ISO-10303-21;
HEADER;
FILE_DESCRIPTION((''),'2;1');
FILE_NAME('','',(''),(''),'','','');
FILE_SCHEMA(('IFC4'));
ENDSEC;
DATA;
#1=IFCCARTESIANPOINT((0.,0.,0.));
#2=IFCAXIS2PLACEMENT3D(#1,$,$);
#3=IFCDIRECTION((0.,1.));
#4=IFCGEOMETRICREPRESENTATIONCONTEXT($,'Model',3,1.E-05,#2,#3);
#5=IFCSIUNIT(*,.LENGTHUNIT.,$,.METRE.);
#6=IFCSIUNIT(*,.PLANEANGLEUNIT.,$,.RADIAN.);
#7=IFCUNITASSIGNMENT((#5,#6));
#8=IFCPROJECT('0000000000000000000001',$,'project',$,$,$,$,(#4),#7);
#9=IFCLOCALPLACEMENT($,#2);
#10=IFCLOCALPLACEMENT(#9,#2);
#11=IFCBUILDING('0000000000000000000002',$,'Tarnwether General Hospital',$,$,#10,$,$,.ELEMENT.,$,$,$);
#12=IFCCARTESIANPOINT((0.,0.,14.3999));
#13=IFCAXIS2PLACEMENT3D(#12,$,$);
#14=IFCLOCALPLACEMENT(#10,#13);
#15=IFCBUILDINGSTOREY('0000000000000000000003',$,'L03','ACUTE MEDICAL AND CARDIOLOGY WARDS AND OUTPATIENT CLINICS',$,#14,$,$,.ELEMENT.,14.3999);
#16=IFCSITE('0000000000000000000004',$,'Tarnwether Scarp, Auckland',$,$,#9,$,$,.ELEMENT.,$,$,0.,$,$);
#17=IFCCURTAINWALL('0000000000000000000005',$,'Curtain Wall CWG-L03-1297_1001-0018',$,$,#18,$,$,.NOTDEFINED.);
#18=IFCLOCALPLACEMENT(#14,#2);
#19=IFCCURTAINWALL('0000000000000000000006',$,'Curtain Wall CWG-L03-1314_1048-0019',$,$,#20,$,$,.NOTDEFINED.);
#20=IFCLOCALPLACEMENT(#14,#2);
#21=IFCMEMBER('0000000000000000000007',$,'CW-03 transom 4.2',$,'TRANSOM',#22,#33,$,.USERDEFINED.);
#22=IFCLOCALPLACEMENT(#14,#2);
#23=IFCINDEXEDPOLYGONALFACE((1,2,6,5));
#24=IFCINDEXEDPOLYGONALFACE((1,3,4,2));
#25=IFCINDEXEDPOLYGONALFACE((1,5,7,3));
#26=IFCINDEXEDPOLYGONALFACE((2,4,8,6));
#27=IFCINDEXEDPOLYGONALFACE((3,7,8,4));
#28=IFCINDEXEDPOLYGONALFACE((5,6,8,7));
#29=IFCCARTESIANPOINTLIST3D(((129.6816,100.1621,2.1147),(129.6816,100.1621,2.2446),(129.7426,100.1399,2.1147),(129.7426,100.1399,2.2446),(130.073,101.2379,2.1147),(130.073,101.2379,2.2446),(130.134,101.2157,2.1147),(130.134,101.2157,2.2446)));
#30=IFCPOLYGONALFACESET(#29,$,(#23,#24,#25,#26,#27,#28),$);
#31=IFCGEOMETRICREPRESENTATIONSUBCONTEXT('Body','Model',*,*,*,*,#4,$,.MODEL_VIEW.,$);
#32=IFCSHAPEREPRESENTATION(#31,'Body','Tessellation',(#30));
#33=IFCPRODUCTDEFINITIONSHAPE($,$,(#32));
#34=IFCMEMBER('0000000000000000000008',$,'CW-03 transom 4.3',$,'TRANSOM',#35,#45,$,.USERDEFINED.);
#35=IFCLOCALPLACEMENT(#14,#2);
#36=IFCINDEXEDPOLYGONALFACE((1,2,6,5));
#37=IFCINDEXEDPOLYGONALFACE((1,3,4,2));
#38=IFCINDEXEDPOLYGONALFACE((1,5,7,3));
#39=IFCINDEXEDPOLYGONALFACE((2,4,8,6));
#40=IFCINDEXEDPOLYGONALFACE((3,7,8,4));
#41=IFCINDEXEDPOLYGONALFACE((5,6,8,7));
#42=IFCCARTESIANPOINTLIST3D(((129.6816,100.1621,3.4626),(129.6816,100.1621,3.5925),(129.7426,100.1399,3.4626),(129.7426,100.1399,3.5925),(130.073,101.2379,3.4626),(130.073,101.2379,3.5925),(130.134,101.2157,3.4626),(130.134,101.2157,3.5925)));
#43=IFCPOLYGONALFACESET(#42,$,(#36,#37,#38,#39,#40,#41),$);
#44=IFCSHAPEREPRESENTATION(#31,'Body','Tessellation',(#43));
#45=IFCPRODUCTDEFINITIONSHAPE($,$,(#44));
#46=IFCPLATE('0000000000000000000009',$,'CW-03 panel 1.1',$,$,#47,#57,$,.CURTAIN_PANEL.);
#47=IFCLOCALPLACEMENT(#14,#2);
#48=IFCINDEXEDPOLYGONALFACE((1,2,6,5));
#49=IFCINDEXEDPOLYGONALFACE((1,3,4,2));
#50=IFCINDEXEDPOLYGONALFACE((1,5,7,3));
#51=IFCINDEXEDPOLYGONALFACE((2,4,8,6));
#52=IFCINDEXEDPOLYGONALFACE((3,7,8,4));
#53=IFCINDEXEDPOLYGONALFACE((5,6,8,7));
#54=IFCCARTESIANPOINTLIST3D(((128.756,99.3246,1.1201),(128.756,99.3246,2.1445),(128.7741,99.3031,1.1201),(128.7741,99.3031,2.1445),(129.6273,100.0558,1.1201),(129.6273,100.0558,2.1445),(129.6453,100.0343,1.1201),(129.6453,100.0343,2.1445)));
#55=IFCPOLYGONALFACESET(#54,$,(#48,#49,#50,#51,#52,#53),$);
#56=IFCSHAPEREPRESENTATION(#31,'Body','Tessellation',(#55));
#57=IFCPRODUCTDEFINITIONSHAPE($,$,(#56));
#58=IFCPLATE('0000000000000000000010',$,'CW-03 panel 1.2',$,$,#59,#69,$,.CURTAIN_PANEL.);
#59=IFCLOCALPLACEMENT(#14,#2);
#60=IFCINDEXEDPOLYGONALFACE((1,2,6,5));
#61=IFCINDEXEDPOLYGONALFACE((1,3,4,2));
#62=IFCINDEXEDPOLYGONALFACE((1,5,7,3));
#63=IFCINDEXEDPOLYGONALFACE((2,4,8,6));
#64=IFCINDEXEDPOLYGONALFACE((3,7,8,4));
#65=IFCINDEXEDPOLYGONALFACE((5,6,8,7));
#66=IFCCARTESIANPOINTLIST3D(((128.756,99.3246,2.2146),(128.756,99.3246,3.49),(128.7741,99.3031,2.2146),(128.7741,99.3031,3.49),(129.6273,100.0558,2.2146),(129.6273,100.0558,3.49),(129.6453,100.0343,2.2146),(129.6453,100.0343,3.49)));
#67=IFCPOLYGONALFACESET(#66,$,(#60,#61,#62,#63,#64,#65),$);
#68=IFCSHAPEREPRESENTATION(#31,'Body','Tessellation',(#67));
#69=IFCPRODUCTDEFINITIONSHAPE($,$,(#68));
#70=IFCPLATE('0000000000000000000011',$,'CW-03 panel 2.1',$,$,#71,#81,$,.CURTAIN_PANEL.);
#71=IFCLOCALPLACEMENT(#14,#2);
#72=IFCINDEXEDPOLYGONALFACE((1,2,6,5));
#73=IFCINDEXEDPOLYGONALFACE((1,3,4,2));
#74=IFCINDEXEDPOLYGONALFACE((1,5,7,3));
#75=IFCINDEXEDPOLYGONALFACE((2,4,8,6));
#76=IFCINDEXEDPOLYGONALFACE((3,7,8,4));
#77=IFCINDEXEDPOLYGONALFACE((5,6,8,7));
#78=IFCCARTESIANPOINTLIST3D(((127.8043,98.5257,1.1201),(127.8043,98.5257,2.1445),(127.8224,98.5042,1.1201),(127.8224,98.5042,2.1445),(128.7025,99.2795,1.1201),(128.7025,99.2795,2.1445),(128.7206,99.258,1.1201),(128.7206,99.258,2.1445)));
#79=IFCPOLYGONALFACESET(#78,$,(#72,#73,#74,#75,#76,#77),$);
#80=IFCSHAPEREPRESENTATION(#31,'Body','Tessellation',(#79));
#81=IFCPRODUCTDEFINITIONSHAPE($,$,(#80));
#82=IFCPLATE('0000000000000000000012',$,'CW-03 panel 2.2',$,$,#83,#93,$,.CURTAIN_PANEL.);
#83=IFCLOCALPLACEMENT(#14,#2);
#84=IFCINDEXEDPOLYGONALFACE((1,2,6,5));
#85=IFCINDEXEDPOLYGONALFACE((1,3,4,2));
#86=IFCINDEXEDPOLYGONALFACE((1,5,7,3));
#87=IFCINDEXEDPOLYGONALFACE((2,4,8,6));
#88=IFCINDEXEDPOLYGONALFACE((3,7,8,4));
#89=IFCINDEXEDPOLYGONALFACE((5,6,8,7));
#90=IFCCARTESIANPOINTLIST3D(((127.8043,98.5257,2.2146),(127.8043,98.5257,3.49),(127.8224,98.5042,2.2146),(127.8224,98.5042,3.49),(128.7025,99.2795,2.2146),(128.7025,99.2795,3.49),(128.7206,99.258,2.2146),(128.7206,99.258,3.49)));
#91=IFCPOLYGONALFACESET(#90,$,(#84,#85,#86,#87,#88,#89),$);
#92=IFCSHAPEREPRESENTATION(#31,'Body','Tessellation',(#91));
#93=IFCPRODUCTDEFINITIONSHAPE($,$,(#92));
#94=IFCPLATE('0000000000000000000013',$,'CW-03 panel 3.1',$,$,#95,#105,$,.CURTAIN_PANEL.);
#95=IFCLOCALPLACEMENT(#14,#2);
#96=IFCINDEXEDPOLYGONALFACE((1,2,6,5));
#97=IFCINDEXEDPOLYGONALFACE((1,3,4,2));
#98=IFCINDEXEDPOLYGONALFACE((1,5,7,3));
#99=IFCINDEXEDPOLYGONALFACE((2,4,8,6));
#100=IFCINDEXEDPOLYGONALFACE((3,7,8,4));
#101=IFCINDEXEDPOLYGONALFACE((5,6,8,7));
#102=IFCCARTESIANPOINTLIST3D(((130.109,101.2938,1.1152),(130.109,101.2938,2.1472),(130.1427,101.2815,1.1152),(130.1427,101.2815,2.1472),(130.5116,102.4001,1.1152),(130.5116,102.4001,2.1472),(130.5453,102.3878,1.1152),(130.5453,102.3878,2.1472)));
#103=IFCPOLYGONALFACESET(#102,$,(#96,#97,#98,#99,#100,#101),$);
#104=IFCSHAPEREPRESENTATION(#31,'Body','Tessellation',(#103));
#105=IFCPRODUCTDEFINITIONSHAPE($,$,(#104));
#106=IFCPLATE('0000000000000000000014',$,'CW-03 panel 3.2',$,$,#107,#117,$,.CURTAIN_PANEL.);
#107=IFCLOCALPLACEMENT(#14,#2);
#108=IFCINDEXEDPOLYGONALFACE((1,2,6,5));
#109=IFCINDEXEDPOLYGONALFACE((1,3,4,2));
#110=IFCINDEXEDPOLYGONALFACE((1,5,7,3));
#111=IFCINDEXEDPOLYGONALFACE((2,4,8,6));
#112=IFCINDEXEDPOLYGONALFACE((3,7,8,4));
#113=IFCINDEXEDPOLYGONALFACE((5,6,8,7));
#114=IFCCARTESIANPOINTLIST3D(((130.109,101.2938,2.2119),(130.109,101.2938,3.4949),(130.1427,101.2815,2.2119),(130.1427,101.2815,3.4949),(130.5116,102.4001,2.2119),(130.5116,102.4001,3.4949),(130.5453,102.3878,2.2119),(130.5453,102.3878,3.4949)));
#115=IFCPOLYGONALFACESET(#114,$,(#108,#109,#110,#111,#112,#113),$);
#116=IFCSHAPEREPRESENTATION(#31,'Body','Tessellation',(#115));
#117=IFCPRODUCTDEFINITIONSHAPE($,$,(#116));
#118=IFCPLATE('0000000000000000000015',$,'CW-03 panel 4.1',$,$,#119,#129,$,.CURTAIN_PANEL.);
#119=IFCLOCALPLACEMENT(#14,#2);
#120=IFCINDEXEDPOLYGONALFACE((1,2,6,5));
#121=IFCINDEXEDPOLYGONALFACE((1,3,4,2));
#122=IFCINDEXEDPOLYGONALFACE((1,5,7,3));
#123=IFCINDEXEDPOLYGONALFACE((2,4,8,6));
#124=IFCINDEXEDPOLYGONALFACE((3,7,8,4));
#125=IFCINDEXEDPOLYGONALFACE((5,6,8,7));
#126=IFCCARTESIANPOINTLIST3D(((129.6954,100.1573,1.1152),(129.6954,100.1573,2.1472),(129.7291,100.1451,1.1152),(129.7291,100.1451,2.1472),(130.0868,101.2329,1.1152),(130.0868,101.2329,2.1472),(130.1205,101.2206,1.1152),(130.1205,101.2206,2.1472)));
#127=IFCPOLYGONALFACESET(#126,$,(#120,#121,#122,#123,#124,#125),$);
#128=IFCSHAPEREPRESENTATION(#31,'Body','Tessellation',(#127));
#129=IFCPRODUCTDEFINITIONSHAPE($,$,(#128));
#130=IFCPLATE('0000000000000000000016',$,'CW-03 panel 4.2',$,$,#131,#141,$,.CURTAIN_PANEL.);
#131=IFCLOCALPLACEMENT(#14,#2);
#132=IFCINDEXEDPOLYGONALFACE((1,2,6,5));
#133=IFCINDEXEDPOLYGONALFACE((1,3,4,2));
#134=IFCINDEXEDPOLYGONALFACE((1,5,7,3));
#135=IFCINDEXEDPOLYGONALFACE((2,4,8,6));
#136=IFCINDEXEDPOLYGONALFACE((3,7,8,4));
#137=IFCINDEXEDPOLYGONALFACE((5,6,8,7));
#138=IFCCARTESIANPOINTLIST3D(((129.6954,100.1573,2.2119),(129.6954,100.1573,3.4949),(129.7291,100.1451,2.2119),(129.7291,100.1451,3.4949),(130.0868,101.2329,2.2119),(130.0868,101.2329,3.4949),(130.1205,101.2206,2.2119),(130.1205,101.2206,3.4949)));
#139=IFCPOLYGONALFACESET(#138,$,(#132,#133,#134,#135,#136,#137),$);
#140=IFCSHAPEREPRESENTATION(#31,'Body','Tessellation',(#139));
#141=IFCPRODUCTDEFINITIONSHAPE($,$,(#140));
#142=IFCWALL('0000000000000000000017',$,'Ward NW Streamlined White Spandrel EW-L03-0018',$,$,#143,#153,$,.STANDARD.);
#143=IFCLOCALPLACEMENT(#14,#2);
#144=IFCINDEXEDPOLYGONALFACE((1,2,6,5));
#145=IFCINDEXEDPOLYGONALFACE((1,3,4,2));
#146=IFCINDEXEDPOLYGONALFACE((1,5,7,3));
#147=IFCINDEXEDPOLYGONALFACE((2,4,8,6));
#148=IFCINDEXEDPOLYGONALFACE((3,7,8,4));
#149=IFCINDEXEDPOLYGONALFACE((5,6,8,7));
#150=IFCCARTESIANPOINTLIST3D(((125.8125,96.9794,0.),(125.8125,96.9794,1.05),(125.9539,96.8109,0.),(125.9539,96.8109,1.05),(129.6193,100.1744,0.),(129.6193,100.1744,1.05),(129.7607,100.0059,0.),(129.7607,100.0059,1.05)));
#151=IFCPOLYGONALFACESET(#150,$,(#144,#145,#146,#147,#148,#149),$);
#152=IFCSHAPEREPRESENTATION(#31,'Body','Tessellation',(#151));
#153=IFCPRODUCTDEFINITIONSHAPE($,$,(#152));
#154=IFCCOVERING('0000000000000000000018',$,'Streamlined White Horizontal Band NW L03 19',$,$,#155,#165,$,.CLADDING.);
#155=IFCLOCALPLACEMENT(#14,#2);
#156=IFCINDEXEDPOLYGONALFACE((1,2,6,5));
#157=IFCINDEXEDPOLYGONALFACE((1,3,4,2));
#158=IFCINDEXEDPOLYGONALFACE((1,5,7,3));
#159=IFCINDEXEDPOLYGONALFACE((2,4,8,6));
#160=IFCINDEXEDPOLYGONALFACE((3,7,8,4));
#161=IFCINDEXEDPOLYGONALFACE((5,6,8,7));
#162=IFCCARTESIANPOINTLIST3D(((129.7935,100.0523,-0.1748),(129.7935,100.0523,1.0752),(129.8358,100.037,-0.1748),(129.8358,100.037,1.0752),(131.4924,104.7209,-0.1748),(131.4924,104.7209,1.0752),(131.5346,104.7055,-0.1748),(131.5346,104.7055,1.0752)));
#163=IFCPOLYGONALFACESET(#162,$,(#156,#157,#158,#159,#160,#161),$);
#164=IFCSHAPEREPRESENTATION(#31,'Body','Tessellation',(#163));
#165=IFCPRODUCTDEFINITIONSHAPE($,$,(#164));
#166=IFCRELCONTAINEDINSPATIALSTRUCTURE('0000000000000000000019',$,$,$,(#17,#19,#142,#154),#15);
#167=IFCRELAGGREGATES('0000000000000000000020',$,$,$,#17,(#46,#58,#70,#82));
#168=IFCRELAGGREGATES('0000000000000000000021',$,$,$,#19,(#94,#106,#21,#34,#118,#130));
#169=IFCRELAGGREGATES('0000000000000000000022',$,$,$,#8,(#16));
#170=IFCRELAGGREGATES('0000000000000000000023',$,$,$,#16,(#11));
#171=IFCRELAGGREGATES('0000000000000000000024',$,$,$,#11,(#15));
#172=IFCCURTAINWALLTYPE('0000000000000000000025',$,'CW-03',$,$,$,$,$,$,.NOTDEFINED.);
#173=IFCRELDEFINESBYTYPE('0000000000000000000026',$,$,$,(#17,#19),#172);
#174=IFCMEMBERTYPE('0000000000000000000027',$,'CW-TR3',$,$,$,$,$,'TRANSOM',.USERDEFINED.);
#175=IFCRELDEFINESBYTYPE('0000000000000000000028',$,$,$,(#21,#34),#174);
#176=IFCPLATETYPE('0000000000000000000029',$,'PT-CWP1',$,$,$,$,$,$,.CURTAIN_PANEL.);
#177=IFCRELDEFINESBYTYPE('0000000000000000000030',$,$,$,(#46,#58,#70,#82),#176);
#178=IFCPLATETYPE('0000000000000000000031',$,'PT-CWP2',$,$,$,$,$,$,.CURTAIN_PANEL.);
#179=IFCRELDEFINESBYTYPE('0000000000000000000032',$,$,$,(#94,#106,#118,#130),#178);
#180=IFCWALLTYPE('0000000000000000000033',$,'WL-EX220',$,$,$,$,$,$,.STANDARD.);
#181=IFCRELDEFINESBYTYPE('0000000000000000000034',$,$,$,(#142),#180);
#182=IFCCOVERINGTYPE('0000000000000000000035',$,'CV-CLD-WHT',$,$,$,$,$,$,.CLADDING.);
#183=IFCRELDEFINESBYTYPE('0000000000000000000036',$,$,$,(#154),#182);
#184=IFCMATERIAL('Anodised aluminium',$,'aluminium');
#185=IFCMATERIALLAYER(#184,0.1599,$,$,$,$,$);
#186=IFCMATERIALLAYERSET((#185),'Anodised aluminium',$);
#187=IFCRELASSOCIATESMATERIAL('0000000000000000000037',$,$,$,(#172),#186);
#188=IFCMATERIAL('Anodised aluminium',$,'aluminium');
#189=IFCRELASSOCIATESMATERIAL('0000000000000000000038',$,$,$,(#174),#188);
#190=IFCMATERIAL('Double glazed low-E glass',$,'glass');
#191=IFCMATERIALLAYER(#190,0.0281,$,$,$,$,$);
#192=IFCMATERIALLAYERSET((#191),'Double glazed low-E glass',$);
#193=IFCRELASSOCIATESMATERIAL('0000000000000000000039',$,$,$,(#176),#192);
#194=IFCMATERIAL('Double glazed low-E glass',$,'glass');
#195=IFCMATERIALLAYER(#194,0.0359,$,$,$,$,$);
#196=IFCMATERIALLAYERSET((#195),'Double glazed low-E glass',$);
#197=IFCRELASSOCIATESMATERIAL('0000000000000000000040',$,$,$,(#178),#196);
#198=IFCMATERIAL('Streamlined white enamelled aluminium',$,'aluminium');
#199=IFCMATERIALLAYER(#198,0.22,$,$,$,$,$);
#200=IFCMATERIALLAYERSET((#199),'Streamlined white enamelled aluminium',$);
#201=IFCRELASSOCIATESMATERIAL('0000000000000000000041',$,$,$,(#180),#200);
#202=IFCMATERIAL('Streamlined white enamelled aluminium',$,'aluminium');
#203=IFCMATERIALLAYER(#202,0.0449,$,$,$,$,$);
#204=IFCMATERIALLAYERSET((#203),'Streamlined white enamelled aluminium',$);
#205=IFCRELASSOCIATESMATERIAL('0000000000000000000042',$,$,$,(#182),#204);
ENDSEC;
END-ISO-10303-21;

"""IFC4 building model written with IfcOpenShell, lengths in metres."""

from ifc_helpers import new_model, si_unit, direction, frame, frame_2d, origin, origin_2d, place, context, subcontext, project, spatial, rectangle, extrude, material, layer, layer_set, material_profile, profile_set, type_object, element, aggregate, save


model = new_model("IFC4")

# Units and contexts
model_context = context("Model", 3, precision=1e-05, world=origin(), true_north=direction((0.0, 1.0)))
body_context = subcontext(model_context, "Body", "Model", "MODEL_VIEW")
ifc_project = project(units=[si_unit("LENGTHUNIT", "METRE"), si_unit("PLANEANGLEUNIT", "RADIAN")], contexts=[model_context])

# Site, building, storey
site_placement = place(None, origin())
site = spatial("IfcSite", under=ifc_project, at=site_placement, Name="Tarnwether Scarp, Auckland", CompositionType="ELEMENT", RefElevation=0.0)
building_placement = place(site_placement, origin())
building = spatial("IfcBuilding", under=site, at=building_placement, Name="Tarnwether General Hospital", CompositionType="ELEMENT")
storey_placement = place(building_placement, frame((0.0, 0.0, 14.3999)))
storey = spatial("IfcBuildingStorey", under=building, at=storey_placement, Name="L03", Description="ACUTE MEDICAL AND CARDIOLOGY WARDS AND OUTPATIENT CLINICS", CompositionType="ELEMENT", Elevation=14.3999)

# Curtain walls
ifc_material_1 = material(Name="Anodised aluminium", Category="aluminium")
ifc_layer_1 = layer(ifc_material_1, 0.1599)
ifc_layer_set_1 = layer_set([ifc_layer_1], Name="Anodised aluminium")
curtain_wall_type = type_object("IfcCurtainWallType", Name="CW-03", PredefinedType="NOTDEFINED", material=ifc_layer_set_1)
curtain_wall_1_placement = place(storey_placement, origin())
curtain_wall_1 = element("IfcCurtainWall", 1, at=curtain_wall_1_placement, inside=storey, type_object=curtain_wall_type, Name="Curtain Wall CWG-L03-1297_1001-0018", PredefinedType="NOTDEFINED")
curtain_wall_2_placement = place(storey_placement, origin())
curtain_wall_2 = element("IfcCurtainWall", 2, at=curtain_wall_2_placement, inside=storey, type_object=curtain_wall_type, Name="Curtain Wall CWG-L03-1314_1048-0019", PredefinedType="NOTDEFINED")

# Members
ifc_material_2 = material(Name="Anodised aluminium", Category="aluminium")
ifc_material_profile_1 = material_profile(ifc_material_2, rectangle(XDim=0.0649, YDim=0.1299, at=origin_2d()), Name="ALU-TRN-65x130")
ifc_profile_set_1 = profile_set([ifc_material_profile_1], Name="Anodised aluminium")
member_type_1 = type_object("IfcMemberType", Name="CW-TR3", ElementType="TRANSOM", PredefinedType="USERDEFINED", material=ifc_profile_set_1)
member_1_placement = place(storey_placement, frame((130.1035, 101.2268, 2.1797), z_axis=(-0.341897, -0.939737, 0.0), x_axis=(0.939737, -0.341897, 0.0)))
member_1 = element("IfcMember", 3, at=member_1_placement, type_object=member_type_1, Name="CW-03 transom 4.2", ObjectType="TRANSOM", PredefinedType="USERDEFINED", context=body_context, shape_type="SweptSolid", body=[
    extrude(rectangle(XDim=0.0649, YDim=0.1299, at=origin_2d()), origin(), (0.0, 0.0, 1.0), 1.1448),
])
member_2_placement = place(storey_placement, frame((130.1035, 101.2268, 3.5276), z_axis=(-0.341897, -0.939737, 0.0), x_axis=(0.939737, -0.341897, 0.0)))
member_2 = element("IfcMember", 4, at=member_2_placement, type_object=member_type_1, Name="CW-03 transom 4.3", ObjectType="TRANSOM", PredefinedType="USERDEFINED", context=body_context, shape_type="SweptSolid", body=[
    extrude(rectangle(XDim=0.0649, YDim=0.1299, at=origin_2d()), origin(), (0.0, 0.0, 1.0), 1.1448),
])

# Plates
ifc_material_3 = material(Name="Double glazed low-E glass", Category="glass")
ifc_layer_2 = layer(ifc_material_3, 0.0281)
ifc_layer_set_2 = layer_set([ifc_layer_2], Name="Double glazed low-E glass")
plate_type_1 = type_object("IfcPlateType", Name="PT-CWP1", PredefinedType="CURTAIN_PANEL", material=ifc_layer_set_2)
plate_1_placement = place(storey_placement, frame((129.2007, 99.6794, 1.1201), z_axis=(0.0, 0.0, 1.0), x_axis=(-0.76599, -0.642852, 0.0)))
plate_1 = element("IfcPlate", 5, at=plate_1_placement, type_object=plate_type_1, Name="CW-03 panel 1.1", PredefinedType="CURTAIN_PANEL", context=body_context, shape_type="SweptSolid", body=[
    extrude(rectangle(XDim=1.1375, YDim=0.0281, at=origin_2d()), origin(), (0.0, 0.0, 1.0), 1.0244),
])
plate_2_placement = place(storey_placement, frame((129.2007, 99.6794, 2.2146), z_axis=(0.0, 0.0, 1.0), x_axis=(-0.76599, -0.642852, 0.0)))
plate_2 = element("IfcPlate", 6, at=plate_2_placement, type_object=plate_type_1, Name="CW-03 panel 1.2", PredefinedType="CURTAIN_PANEL", context=body_context, shape_type="SweptSolid", body=[
    extrude(rectangle(XDim=1.1375, YDim=0.0281, at=origin_2d()), origin(), (0.0, 0.0, 1.0), 1.2754),
])
plate_3_placement = place(storey_placement, frame((128.2625, 98.8918, 1.1201), z_axis=(0.0, 0.0, 1.0), x_axis=(-0.76599, -0.642852, 0.0)))
plate_3 = element("IfcPlate", 7, at=plate_3_placement, type_object=plate_type_1, Name="CW-03 panel 2.1", PredefinedType="CURTAIN_PANEL", context=body_context, shape_type="SweptSolid", body=[
    extrude(rectangle(XDim=1.1726, YDim=0.0281, at=origin_2d()), origin(), (0.0, 0.0, 1.0), 1.0244),
])
plate_4_placement = place(storey_placement, frame((128.2625, 98.8918, 2.2146), z_axis=(0.0, 0.0, 1.0), x_axis=(-0.76599, -0.642852, 0.0)))
plate_4 = element("IfcPlate", 8, at=plate_4_placement, type_object=plate_type_1, Name="CW-03 panel 2.2", PredefinedType="CURTAIN_PANEL", context=body_context, shape_type="SweptSolid", body=[
    extrude(rectangle(XDim=1.1726, YDim=0.0281, at=origin_2d()), origin(), (0.0, 0.0, 1.0), 1.2754),
])
aggregate(curtain_wall_1, [plate_1, plate_2, plate_3, plate_4])
ifc_material_4 = material(Name="Double glazed low-E glass", Category="glass")
ifc_layer_3 = layer(ifc_material_4, 0.0359)
ifc_layer_set_3 = layer_set([ifc_layer_3], Name="Double glazed low-E glass")
plate_type_2 = type_object("IfcPlateType", Name="PT-CWP2", PredefinedType="CURTAIN_PANEL", material=ifc_layer_set_3)
plate_5_placement = place(storey_placement, frame((130.3271, 101.8408, 1.1152), z_axis=(0.0, 0.0, 1.0), x_axis=(-0.341953, -0.939717, 0.0)))
plate_5 = element("IfcPlate", 9, at=plate_5_placement, type_object=plate_type_2, Name="CW-03 panel 3.1", PredefinedType="CURTAIN_PANEL", context=body_context, shape_type="SweptSolid", body=[
    extrude(rectangle(XDim=1.1772, YDim=0.0359, at=origin_2d()), origin(), (0.0, 0.0, 1.0), 1.032),
])
plate_6_placement = place(storey_placement, frame((130.3271, 101.8408, 2.2119), z_axis=(0.0, 0.0, 1.0), x_axis=(-0.341953, -0.939717, 0.0)))
plate_6 = element("IfcPlate", 10, at=plate_6_placement, type_object=plate_type_2, Name="CW-03 panel 3.2", PredefinedType="CURTAIN_PANEL", context=body_context, shape_type="SweptSolid", body=[
    extrude(rectangle(XDim=1.1772, YDim=0.0359, at=origin_2d()), origin(), (0.0, 0.0, 1.0), 1.283),
])
plate_7_placement = place(storey_placement, frame((129.908, 100.689, 1.1152), z_axis=(0.0, 0.0, 1.0), x_axis=(-0.341953, -0.939717, 0.0)))
plate_7 = element("IfcPlate", 11, at=plate_7_placement, type_object=plate_type_2, Name="CW-03 panel 4.1", PredefinedType="CURTAIN_PANEL", context=body_context, shape_type="SweptSolid", body=[
    extrude(rectangle(XDim=1.1445, YDim=0.0359, at=origin_2d()), origin(), (0.0, 0.0, 1.0), 1.032),
])
plate_8_placement = place(storey_placement, frame((129.908, 100.689, 2.2119), z_axis=(0.0, 0.0, 1.0), x_axis=(-0.341953, -0.939717, 0.0)))
plate_8 = element("IfcPlate", 12, at=plate_8_placement, type_object=plate_type_2, Name="CW-03 panel 4.2", PredefinedType="CURTAIN_PANEL", context=body_context, shape_type="SweptSolid", body=[
    extrude(rectangle(XDim=1.1445, YDim=0.0359, at=origin_2d()), origin(), (0.0, 0.0, 1.0), 1.283),
])
aggregate(curtain_wall_2, [plate_5, plate_6, member_1, member_2, plate_7, plate_8])

# Wall
ifc_material_5 = material(Name="Streamlined white enamelled aluminium", Category="aluminium")
ifc_layer_4 = layer(ifc_material_5, 0.22)
ifc_layer_set_4 = layer_set([ifc_layer_4], Name="Streamlined white enamelled aluminium")
wall_type = type_object("IfcWallType", Name="WL-EX220", PredefinedType="STANDARD", material=ifc_layer_set_4)
wall_placement = place(storey_placement, frame((129.6899, 100.0901, 0.0), z_axis=(0.0, 0.0, 1.0), x_axis=(-0.765974, -0.642872, 0.0)))
element("IfcWall", 13, at=wall_placement, inside=storey, type_object=wall_type, Name="Ward NW Streamlined White Spandrel EW-L03-0018", PredefinedType="STANDARD", context=body_context, shape_type="SweptSolid", body=[
    extrude(rectangle(XDim=4.97, YDim=0.22, at=frame_2d((2.4849, 0.0))), origin(), (0.0, 0.0, 1.0), 1.05),
])

# Covering
ifc_material_6 = material(Name="Streamlined white enamelled aluminium", Category="aluminium")
ifc_layer_5 = layer(ifc_material_6, 0.0449)
ifc_layer_set_5 = layer_set([ifc_layer_5], Name="Streamlined white enamelled aluminium")
covering_type = type_object("IfcCoveringType", Name="CV-CLD-WHT", PredefinedType="CLADDING", material=ifc_layer_set_5)
covering_placement = place(storey_placement, frame((130.6641, 102.3789, -0.1748), z_axis=(0.0, 0.0, 1.0), x_axis=(-0.341955, -0.939716, 0.0)))
element("IfcCovering", 14, at=covering_placement, inside=storey, type_object=covering_type, Name="Streamlined White Horizontal Band NW L03 19", PredefinedType="CLADDING", context=body_context, shape_type="SweptSolid", body=[
    extrude(rectangle(XDim=4.968, YDim=0.0449, at=origin_2d()), origin(), (0.0, 0.0, 1.0), 1.25),
])

save(model, "model.ifc")
